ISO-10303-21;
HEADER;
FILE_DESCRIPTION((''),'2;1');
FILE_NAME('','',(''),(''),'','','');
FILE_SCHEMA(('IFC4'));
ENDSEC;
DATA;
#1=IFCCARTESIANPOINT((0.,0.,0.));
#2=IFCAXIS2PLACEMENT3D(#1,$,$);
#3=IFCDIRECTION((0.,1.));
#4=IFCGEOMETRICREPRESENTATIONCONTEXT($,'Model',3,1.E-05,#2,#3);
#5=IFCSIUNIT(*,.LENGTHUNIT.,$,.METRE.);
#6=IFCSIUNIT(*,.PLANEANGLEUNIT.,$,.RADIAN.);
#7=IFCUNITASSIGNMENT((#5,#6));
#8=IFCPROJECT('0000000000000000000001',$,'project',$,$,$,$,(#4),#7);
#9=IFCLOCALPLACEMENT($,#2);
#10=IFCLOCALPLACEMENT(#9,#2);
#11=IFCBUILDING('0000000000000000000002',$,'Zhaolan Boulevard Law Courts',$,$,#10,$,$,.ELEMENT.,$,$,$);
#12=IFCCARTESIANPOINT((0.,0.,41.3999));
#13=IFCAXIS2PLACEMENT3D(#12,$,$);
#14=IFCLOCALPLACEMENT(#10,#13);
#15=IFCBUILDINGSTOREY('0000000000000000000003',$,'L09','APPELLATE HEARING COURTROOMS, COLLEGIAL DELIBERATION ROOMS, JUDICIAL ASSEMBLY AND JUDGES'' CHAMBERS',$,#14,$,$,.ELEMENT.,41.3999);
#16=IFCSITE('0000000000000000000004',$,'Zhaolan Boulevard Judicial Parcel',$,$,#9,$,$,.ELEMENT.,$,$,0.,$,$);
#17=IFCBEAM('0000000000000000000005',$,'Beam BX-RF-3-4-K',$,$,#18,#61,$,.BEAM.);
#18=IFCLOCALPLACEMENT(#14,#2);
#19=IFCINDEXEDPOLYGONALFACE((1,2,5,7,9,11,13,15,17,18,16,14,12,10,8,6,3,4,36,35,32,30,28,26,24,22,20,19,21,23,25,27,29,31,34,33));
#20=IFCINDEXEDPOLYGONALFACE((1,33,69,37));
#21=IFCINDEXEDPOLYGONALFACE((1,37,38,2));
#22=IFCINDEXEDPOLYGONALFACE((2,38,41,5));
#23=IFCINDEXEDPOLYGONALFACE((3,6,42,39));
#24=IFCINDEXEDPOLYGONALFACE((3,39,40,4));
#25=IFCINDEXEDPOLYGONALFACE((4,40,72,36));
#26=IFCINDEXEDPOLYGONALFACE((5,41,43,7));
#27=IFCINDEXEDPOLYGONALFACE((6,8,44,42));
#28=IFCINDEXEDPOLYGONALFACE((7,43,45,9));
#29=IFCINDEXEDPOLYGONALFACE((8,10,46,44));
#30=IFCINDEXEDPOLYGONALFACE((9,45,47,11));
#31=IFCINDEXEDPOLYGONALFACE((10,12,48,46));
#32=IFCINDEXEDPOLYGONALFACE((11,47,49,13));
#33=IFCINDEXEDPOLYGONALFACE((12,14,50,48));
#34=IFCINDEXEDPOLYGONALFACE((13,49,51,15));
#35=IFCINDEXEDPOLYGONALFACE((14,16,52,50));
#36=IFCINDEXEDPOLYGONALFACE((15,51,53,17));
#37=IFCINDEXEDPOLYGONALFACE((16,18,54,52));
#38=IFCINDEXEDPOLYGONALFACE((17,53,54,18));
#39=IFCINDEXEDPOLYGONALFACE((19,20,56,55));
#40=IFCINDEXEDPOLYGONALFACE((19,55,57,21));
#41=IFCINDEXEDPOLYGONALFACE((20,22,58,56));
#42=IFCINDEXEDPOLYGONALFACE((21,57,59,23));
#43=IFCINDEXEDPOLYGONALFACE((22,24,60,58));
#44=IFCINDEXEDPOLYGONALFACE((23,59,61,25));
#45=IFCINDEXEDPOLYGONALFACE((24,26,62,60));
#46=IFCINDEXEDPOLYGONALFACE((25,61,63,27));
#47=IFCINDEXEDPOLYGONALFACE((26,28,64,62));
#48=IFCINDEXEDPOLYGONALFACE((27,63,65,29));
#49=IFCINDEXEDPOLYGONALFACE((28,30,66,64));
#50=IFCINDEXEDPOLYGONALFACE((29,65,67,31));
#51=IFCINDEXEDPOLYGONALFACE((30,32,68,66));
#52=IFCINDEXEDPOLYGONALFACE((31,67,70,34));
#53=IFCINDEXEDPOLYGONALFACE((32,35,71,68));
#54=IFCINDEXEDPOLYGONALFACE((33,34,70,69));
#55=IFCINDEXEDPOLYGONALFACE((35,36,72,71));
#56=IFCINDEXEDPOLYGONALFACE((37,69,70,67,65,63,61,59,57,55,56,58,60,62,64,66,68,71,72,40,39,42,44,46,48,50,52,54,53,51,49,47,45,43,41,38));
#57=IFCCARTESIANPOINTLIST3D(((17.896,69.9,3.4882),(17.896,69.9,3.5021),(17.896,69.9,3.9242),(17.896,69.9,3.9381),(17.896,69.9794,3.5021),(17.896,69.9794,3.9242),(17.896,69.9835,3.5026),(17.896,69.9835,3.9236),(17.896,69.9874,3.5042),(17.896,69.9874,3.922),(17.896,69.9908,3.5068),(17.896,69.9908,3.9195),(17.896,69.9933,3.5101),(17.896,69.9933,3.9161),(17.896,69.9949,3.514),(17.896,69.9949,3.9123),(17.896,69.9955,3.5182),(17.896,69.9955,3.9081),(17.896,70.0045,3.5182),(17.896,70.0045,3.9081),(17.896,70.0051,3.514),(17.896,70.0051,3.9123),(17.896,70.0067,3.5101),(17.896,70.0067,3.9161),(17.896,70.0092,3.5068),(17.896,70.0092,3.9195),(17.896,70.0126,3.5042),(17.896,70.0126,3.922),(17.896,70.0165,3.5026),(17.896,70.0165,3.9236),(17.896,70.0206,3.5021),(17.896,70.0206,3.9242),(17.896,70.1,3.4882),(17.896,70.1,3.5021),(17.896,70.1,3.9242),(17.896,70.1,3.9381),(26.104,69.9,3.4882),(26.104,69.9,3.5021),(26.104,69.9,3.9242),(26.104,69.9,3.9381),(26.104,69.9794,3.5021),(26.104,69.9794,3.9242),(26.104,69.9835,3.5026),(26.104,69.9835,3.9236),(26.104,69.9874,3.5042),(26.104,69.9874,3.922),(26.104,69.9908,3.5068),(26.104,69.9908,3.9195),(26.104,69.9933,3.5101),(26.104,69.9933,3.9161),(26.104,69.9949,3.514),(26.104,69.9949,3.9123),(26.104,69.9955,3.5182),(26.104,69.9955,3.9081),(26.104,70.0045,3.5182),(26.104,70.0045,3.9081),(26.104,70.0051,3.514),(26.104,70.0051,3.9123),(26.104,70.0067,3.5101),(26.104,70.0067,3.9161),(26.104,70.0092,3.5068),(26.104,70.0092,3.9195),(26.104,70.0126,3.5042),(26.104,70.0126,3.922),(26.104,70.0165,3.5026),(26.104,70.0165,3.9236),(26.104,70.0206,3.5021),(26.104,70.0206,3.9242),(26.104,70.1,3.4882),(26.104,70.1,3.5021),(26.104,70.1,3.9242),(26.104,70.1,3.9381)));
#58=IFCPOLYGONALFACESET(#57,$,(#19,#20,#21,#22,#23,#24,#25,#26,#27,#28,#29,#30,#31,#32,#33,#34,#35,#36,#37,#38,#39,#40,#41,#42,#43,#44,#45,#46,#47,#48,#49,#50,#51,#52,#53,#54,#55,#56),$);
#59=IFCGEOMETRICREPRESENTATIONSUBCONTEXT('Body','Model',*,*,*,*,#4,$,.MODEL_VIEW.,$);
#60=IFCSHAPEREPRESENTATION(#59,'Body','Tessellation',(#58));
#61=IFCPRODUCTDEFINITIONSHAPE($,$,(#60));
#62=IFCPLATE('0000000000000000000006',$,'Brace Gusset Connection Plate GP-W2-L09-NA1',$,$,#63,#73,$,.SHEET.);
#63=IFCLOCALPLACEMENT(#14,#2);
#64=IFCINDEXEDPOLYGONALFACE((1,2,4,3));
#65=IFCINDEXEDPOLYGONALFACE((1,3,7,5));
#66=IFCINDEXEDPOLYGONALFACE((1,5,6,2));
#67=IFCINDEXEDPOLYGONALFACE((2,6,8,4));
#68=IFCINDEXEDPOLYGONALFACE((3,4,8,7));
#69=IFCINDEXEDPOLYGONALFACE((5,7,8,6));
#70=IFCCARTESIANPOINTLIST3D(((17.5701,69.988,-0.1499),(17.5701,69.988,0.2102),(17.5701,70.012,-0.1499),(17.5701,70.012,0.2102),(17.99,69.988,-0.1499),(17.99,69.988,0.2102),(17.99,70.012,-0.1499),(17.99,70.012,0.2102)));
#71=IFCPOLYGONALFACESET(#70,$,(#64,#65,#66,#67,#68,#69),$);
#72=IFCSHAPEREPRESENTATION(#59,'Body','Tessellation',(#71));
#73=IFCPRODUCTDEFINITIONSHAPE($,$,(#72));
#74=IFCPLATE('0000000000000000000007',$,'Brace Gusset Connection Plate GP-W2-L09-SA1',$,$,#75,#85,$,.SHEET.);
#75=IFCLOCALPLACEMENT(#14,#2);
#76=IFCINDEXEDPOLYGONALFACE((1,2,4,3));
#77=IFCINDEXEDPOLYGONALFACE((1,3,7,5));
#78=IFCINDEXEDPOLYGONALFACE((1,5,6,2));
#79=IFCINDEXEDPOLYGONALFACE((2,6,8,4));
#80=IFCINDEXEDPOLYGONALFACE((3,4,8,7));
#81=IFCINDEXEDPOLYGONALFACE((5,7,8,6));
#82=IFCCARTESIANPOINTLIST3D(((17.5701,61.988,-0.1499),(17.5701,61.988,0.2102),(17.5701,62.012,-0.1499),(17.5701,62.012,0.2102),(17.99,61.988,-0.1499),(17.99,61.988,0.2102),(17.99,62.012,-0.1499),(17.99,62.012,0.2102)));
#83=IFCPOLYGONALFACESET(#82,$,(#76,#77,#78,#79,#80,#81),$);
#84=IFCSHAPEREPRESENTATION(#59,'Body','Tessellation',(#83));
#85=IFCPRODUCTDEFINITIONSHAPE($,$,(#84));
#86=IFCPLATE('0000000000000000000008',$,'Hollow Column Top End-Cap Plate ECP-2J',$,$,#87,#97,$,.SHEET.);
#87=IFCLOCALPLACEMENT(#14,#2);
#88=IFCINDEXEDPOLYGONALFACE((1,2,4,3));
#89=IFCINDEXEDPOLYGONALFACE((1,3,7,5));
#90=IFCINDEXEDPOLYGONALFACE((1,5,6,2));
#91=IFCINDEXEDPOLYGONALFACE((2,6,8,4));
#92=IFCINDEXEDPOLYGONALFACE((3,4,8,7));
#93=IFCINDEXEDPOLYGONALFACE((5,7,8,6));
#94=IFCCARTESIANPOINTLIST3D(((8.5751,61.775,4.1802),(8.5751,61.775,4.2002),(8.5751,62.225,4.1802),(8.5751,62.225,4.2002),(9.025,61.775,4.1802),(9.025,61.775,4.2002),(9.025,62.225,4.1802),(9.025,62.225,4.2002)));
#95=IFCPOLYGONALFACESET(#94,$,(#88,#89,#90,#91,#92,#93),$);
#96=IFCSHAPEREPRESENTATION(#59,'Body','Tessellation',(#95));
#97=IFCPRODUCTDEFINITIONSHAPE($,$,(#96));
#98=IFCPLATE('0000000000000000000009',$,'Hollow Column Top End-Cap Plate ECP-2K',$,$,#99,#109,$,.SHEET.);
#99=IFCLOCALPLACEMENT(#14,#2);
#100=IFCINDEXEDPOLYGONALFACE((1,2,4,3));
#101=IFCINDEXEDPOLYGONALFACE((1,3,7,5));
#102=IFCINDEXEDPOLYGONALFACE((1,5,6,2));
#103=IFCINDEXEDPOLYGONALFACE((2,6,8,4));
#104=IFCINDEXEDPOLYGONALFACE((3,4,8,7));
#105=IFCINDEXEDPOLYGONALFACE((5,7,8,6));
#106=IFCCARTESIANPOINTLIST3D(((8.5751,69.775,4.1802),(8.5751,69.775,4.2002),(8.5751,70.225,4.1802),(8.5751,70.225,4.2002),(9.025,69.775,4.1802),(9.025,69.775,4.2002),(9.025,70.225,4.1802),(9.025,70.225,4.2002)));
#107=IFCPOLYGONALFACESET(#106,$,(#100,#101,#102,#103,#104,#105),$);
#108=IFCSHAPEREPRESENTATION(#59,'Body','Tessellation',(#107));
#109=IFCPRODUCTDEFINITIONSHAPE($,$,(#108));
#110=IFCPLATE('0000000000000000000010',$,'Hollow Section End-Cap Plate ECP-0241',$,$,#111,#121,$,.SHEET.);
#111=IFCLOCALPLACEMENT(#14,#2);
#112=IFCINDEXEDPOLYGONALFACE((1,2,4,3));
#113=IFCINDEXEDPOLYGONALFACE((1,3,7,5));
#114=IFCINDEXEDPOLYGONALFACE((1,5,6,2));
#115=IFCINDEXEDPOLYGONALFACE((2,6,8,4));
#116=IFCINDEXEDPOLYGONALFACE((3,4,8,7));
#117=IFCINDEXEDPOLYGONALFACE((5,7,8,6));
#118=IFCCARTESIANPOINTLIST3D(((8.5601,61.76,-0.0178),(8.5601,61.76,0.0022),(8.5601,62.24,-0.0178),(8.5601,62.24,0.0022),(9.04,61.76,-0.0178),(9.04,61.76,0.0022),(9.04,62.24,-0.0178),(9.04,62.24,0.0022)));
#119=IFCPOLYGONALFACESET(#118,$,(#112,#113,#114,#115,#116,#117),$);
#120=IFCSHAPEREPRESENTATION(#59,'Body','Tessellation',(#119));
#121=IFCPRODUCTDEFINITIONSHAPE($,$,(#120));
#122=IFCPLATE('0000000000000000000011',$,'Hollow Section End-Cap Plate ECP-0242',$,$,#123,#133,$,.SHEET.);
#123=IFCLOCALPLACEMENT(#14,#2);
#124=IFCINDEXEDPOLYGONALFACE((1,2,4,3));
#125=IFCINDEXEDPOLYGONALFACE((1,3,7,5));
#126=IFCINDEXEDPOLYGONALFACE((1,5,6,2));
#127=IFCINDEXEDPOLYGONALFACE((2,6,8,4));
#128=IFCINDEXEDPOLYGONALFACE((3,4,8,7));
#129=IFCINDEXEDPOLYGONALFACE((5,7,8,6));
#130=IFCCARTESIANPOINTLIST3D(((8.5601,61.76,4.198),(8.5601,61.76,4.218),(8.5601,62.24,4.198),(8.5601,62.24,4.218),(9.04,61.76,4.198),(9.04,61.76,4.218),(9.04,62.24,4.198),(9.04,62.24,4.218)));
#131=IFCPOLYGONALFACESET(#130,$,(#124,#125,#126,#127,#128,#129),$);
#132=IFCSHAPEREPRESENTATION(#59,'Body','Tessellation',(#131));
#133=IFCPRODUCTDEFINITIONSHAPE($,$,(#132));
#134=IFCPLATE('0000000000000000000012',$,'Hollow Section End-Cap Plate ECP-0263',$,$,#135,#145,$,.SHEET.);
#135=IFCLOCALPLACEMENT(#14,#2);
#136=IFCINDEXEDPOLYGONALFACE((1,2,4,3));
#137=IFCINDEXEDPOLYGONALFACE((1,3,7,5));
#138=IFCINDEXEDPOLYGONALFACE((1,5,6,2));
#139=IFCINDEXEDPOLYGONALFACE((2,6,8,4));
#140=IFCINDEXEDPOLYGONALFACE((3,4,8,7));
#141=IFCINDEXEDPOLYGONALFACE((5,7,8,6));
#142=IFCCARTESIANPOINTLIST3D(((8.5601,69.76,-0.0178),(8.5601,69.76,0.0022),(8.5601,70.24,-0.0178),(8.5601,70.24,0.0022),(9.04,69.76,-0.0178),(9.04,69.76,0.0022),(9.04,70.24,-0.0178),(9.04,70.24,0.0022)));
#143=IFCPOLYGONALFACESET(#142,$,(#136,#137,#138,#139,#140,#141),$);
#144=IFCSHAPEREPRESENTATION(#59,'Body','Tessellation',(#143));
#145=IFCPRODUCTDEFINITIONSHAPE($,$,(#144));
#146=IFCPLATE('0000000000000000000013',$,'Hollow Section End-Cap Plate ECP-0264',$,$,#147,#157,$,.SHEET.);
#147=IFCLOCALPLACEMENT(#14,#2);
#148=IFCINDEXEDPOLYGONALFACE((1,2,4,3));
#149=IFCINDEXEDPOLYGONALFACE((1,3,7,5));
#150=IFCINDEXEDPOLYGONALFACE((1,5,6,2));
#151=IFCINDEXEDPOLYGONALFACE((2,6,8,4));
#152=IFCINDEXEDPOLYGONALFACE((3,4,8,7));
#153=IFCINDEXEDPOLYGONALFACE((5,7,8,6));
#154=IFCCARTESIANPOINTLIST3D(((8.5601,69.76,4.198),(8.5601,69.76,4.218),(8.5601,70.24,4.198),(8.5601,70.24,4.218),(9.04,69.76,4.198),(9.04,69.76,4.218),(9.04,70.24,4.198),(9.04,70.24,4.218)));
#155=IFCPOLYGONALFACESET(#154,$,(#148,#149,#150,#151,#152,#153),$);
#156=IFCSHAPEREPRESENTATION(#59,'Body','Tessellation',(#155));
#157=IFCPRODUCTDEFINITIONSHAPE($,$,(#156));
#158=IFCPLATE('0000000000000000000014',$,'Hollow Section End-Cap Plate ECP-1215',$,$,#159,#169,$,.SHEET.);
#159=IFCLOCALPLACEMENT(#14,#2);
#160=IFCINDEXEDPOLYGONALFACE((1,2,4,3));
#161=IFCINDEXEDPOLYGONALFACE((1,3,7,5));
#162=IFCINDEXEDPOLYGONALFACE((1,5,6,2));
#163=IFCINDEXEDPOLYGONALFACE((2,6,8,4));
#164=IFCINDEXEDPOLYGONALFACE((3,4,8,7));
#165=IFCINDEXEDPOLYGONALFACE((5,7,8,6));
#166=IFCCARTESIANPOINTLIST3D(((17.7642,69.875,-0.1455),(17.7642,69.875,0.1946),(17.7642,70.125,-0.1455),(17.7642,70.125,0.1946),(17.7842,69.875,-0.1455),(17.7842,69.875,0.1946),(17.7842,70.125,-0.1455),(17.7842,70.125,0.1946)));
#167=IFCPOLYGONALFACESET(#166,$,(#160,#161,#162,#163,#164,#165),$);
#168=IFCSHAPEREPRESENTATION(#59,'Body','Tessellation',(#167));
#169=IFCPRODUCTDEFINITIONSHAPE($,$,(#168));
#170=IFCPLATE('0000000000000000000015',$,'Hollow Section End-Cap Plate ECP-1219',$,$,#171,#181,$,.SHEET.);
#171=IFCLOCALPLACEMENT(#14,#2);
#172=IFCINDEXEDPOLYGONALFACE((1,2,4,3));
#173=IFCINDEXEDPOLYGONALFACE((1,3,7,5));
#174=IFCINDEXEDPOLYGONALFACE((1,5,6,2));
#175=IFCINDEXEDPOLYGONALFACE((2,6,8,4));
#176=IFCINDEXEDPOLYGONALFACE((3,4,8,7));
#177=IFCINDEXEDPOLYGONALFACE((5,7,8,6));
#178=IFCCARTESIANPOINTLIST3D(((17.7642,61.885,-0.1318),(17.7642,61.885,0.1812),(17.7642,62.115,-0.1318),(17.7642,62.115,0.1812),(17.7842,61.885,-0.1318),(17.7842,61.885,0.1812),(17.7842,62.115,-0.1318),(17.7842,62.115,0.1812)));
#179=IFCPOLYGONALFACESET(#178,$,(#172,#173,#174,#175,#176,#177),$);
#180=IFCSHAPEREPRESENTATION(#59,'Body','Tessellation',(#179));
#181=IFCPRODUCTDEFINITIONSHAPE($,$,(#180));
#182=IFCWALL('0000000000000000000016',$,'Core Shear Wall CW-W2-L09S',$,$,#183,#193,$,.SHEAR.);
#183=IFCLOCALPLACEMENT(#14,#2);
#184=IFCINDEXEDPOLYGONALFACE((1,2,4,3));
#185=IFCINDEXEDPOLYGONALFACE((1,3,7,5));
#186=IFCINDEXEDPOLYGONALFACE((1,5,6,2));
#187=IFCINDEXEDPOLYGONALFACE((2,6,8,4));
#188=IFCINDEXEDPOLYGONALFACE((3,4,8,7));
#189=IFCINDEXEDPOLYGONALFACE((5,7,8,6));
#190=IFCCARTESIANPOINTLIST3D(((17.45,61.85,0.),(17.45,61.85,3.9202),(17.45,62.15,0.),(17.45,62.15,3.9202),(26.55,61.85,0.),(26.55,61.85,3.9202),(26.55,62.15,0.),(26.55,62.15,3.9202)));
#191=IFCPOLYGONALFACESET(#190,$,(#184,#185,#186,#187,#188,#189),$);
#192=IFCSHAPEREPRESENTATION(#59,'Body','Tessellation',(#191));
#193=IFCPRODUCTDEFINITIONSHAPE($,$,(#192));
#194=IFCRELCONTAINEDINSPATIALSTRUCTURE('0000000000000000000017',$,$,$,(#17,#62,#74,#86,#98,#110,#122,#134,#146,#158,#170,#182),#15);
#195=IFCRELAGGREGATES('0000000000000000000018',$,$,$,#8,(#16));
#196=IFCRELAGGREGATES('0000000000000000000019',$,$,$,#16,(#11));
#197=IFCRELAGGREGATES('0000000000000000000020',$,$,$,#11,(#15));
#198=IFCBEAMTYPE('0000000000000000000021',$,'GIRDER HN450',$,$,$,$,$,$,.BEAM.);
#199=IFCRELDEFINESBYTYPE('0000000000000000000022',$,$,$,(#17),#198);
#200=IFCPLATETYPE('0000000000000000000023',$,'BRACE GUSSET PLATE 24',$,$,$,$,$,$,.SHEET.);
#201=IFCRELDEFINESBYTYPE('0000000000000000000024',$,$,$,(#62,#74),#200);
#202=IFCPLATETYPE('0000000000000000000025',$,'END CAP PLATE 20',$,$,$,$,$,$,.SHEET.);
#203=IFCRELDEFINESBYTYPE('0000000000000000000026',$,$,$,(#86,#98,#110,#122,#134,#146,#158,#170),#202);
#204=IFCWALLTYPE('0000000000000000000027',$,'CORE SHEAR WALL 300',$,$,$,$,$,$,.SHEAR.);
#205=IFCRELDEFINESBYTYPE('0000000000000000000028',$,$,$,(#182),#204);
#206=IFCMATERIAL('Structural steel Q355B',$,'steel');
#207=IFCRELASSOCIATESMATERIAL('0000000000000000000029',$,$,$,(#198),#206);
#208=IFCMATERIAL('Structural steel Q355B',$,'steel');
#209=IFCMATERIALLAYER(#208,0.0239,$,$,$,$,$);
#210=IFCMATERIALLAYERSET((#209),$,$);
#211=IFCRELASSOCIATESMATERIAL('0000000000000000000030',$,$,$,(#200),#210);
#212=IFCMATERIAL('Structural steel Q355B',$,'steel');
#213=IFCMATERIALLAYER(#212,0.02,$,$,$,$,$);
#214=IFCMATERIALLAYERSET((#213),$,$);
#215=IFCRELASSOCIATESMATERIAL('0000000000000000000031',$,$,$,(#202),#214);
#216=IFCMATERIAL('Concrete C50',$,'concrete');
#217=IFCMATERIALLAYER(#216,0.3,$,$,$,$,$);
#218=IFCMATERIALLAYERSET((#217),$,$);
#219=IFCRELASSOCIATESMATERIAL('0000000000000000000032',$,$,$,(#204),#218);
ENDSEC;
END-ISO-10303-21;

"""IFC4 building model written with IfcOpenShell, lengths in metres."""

from ifc_helpers import new_model, si_unit, direction, frame, frame_2d, origin, origin_2d, place, context, subcontext, project, spatial, rectangle, i_section, extrude, material, layer, layer_set, material_profile, profile_set, type_object, element, save


model = new_model("IFC4")

# Units and contexts
model_context = context("Model", 3, precision=1e-05, world=origin(), true_north=direction((0.0, 1.0)))
body_context = subcontext(model_context, "Body", "Model", "MODEL_VIEW")
ifc_project = project(units=[si_unit("LENGTHUNIT", "METRE"), si_unit("PLANEANGLEUNIT", "RADIAN")], contexts=[model_context])

# Site, building, storey
site_placement = place(None, origin())
site = spatial("IfcSite", under=ifc_project, at=site_placement, Name="Zhaolan Boulevard Judicial Parcel", CompositionType="ELEMENT", RefElevation=0.0)
building_placement = place(site_placement, origin())
building = spatial("IfcBuilding", under=site, at=building_placement, Name="Zhaolan Boulevard Law Courts", CompositionType="ELEMENT")
storey_placement = place(building_placement, frame((0.0, 0.0, 41.3999)))
storey = spatial("IfcBuildingStorey", under=building, at=storey_placement, Name="L09", Description="APPELLATE HEARING COURTROOMS, COLLEGIAL DELIBERATION ROOMS, JUDICIAL ASSEMBLY AND JUDGES' CHAMBERS", CompositionType="ELEMENT", Elevation=41.3999)

# Beam
ifc_material_1 = material(Name="Structural steel Q355B", Category="steel")
ifc_material_profile_1 = material_profile(ifc_material_1, i_section(OverallWidth=0.2, OverallDepth=0.45, WebThickness=0.009, FlangeThickness=0.0139, FilletRadius=0.0161, at=origin_2d()), Name="HN450x200")
ifc_profile_set_1 = profile_set([ifc_material_profile_1], Name="Structural steel Q355B")
beam_type = type_object("IfcBeamType", Name="GIRDER HN450", PredefinedType="BEAM", material=ifc_profile_set_1)
beam_1_placement = place(storey_placement, frame((17.896, 70.0, 3.7131), z_axis=(1.0, 0.0, 0.0), x_axis=(0.0, 1.0, 0.0)))
element("IfcBeam", 1, at=beam_1_placement, inside=storey, type_object=beam_type, Name="Beam BX-RF-3-4-K", PredefinedType="BEAM", context=body_context, shape_type="SweptSolid", body=[
    extrude(i_section(OverallWidth=0.2, OverallDepth=0.45, WebThickness=0.009, FlangeThickness=0.0139, FilletRadius=0.0161, at=origin_2d()), origin(), (0.0, 0.0, 1.0), 8.208),
])

# Plates
ifc_material_2 = material(Name="Structural steel Q355B", Category="steel")
ifc_layer_1 = layer(ifc_material_2, 0.0239)
ifc_layer_set_1 = layer_set([ifc_layer_1])
plate_type_1 = type_object("IfcPlateType", Name="BRACE GUSSET PLATE 24", PredefinedType="SHEET", material=ifc_layer_set_1)
for number, where, z_axis, x_axis, name in (
    (2, (17.78, 70.0, -0.1499), (0.0, 0.0, 1.0), (1.0, 0.0, 0.0), "Brace Gusset Connection Plate GP-W2-L09-NA1"),
    (3, (17.78, 62.0, -0.1499), (0.0, 0.0, 1.0), (1.0, 0.0, 0.0), "Brace Gusset Connection Plate GP-W2-L09-SA1"),
):
    element("IfcPlate", number, at=place(storey_placement, frame(where, z_axis=z_axis, x_axis=x_axis)), inside=storey, type_object=plate_type_1, Name=name, PredefinedType="SHEET", context=body_context, shape_type="SweptSolid", body=[
        extrude(rectangle(XDim=0.4199, YDim=0.0239, at=origin_2d()), origin(), (0.0, 0.0, 1.0), 0.3601),
    ])
ifc_material_3 = material(Name="Structural steel Q355B", Category="steel")
ifc_layer_2 = layer(ifc_material_3, 0.02)
ifc_layer_set_2 = layer_set([ifc_layer_2])
plate_type_2 = type_object("IfcPlateType", Name="END CAP PLATE 20", PredefinedType="SHEET", material=ifc_layer_set_2)
for number, where, z_axis, x_axis, name in (
    (4, (8.8, 62.0, 4.1802), (0.0, 0.0, 1.0), (1.0, 0.0, 0.0), "Hollow Column Top End-Cap Plate ECP-2J"),
    (5, (8.8, 70.0, 4.1802), (0.0, 0.0, 1.0), (1.0, 0.0, 0.0), "Hollow Column Top End-Cap Plate ECP-2K"),
):
    element("IfcPlate", number, at=place(storey_placement, frame(where, z_axis=z_axis, x_axis=x_axis)), inside=storey, type_object=plate_type_2, Name=name, PredefinedType="SHEET", context=body_context, shape_type="SweptSolid", body=[
        extrude(rectangle(XDim=0.45, YDim=0.45, at=origin_2d()), origin(), (0.0, 0.0, 1.0), 0.02),
    ])
for number, where, z_axis, x_axis, name in (
    (6, (8.8, 62.0, -0.0178), (0.0, 0.0, 1.0), (1.0, 0.0, 0.0), "Hollow Section End-Cap Plate ECP-0241"),
    (7, (8.8, 62.0, 4.198), (0.0, 0.0, 1.0), (1.0, 0.0, 0.0), "Hollow Section End-Cap Plate ECP-0242"),
    (8, (8.8, 70.0, -0.0178), (0.0, 0.0, 1.0), (1.0, 0.0, 0.0), "Hollow Section End-Cap Plate ECP-0263"),
    (9, (8.8, 70.0, 4.198), (0.0, 0.0, 1.0), (1.0, 0.0, 0.0), "Hollow Section End-Cap Plate ECP-0264"),
):
    element("IfcPlate", number, at=place(storey_placement, frame(where, z_axis=z_axis, x_axis=x_axis)), inside=storey, type_object=plate_type_2, Name=name, PredefinedType="SHEET", context=body_context, shape_type="SweptSolid", body=[
        extrude(rectangle(XDim=0.48, YDim=0.48, at=origin_2d()), origin(), (0.0, 0.0, 1.0), 0.02),
    ])
plate_1_placement = place(storey_placement, frame((17.7742, 70.0, -0.1455), z_axis=(0.0, 0.0, 1.0), x_axis=(1.0, 0.0, 0.0)))
element("IfcPlate", 10, at=plate_1_placement, inside=storey, type_object=plate_type_2, Name="Hollow Section End-Cap Plate ECP-1215", PredefinedType="SHEET", context=body_context, shape_type="SweptSolid", body=[
    extrude(rectangle(XDim=0.02, YDim=0.25, at=origin_2d()), origin(), (0.0, 0.0, 1.0), 0.3401),
])
plate_2_placement = place(storey_placement, frame((17.7742, 62.0, -0.1318), z_axis=(0.0, 0.0, 1.0), x_axis=(1.0, 0.0, 0.0)))
element("IfcPlate", 11, at=plate_2_placement, inside=storey, type_object=plate_type_2, Name="Hollow Section End-Cap Plate ECP-1219", PredefinedType="SHEET", context=body_context, shape_type="SweptSolid", body=[
    extrude(rectangle(XDim=0.02, YDim=0.23, at=origin_2d()), origin(), (0.0, 0.0, 1.0), 0.313),
])

# Wall
ifc_material_4 = material(Name="Concrete C50", Category="concrete")
ifc_layer_3 = layer(ifc_material_4, 0.3)
ifc_layer_set_3 = layer_set([ifc_layer_3])
wall_type_1 = type_object("IfcWallType", Name="CORE SHEAR WALL 300", PredefinedType="SHEAR", material=ifc_layer_set_3)
wall_1_placement = place(storey_placement, frame((17.45, 62.0, 0.0), z_axis=(0.0, 0.0, 1.0), x_axis=(1.0, 0.0, 0.0)))
element("IfcWall", 12, at=wall_1_placement, inside=storey, type_object=wall_type_1, Name="Core Shear Wall CW-W2-L09S", PredefinedType="SHEAR", context=body_context, shape_type="SweptSolid", body=[
    extrude(rectangle(XDim=9.1001, YDim=0.3, at=frame_2d((4.55, 0.0))), origin(), (0.0, 0.0, 1.0), 3.9202),
])

save(model, "model.ifc")
